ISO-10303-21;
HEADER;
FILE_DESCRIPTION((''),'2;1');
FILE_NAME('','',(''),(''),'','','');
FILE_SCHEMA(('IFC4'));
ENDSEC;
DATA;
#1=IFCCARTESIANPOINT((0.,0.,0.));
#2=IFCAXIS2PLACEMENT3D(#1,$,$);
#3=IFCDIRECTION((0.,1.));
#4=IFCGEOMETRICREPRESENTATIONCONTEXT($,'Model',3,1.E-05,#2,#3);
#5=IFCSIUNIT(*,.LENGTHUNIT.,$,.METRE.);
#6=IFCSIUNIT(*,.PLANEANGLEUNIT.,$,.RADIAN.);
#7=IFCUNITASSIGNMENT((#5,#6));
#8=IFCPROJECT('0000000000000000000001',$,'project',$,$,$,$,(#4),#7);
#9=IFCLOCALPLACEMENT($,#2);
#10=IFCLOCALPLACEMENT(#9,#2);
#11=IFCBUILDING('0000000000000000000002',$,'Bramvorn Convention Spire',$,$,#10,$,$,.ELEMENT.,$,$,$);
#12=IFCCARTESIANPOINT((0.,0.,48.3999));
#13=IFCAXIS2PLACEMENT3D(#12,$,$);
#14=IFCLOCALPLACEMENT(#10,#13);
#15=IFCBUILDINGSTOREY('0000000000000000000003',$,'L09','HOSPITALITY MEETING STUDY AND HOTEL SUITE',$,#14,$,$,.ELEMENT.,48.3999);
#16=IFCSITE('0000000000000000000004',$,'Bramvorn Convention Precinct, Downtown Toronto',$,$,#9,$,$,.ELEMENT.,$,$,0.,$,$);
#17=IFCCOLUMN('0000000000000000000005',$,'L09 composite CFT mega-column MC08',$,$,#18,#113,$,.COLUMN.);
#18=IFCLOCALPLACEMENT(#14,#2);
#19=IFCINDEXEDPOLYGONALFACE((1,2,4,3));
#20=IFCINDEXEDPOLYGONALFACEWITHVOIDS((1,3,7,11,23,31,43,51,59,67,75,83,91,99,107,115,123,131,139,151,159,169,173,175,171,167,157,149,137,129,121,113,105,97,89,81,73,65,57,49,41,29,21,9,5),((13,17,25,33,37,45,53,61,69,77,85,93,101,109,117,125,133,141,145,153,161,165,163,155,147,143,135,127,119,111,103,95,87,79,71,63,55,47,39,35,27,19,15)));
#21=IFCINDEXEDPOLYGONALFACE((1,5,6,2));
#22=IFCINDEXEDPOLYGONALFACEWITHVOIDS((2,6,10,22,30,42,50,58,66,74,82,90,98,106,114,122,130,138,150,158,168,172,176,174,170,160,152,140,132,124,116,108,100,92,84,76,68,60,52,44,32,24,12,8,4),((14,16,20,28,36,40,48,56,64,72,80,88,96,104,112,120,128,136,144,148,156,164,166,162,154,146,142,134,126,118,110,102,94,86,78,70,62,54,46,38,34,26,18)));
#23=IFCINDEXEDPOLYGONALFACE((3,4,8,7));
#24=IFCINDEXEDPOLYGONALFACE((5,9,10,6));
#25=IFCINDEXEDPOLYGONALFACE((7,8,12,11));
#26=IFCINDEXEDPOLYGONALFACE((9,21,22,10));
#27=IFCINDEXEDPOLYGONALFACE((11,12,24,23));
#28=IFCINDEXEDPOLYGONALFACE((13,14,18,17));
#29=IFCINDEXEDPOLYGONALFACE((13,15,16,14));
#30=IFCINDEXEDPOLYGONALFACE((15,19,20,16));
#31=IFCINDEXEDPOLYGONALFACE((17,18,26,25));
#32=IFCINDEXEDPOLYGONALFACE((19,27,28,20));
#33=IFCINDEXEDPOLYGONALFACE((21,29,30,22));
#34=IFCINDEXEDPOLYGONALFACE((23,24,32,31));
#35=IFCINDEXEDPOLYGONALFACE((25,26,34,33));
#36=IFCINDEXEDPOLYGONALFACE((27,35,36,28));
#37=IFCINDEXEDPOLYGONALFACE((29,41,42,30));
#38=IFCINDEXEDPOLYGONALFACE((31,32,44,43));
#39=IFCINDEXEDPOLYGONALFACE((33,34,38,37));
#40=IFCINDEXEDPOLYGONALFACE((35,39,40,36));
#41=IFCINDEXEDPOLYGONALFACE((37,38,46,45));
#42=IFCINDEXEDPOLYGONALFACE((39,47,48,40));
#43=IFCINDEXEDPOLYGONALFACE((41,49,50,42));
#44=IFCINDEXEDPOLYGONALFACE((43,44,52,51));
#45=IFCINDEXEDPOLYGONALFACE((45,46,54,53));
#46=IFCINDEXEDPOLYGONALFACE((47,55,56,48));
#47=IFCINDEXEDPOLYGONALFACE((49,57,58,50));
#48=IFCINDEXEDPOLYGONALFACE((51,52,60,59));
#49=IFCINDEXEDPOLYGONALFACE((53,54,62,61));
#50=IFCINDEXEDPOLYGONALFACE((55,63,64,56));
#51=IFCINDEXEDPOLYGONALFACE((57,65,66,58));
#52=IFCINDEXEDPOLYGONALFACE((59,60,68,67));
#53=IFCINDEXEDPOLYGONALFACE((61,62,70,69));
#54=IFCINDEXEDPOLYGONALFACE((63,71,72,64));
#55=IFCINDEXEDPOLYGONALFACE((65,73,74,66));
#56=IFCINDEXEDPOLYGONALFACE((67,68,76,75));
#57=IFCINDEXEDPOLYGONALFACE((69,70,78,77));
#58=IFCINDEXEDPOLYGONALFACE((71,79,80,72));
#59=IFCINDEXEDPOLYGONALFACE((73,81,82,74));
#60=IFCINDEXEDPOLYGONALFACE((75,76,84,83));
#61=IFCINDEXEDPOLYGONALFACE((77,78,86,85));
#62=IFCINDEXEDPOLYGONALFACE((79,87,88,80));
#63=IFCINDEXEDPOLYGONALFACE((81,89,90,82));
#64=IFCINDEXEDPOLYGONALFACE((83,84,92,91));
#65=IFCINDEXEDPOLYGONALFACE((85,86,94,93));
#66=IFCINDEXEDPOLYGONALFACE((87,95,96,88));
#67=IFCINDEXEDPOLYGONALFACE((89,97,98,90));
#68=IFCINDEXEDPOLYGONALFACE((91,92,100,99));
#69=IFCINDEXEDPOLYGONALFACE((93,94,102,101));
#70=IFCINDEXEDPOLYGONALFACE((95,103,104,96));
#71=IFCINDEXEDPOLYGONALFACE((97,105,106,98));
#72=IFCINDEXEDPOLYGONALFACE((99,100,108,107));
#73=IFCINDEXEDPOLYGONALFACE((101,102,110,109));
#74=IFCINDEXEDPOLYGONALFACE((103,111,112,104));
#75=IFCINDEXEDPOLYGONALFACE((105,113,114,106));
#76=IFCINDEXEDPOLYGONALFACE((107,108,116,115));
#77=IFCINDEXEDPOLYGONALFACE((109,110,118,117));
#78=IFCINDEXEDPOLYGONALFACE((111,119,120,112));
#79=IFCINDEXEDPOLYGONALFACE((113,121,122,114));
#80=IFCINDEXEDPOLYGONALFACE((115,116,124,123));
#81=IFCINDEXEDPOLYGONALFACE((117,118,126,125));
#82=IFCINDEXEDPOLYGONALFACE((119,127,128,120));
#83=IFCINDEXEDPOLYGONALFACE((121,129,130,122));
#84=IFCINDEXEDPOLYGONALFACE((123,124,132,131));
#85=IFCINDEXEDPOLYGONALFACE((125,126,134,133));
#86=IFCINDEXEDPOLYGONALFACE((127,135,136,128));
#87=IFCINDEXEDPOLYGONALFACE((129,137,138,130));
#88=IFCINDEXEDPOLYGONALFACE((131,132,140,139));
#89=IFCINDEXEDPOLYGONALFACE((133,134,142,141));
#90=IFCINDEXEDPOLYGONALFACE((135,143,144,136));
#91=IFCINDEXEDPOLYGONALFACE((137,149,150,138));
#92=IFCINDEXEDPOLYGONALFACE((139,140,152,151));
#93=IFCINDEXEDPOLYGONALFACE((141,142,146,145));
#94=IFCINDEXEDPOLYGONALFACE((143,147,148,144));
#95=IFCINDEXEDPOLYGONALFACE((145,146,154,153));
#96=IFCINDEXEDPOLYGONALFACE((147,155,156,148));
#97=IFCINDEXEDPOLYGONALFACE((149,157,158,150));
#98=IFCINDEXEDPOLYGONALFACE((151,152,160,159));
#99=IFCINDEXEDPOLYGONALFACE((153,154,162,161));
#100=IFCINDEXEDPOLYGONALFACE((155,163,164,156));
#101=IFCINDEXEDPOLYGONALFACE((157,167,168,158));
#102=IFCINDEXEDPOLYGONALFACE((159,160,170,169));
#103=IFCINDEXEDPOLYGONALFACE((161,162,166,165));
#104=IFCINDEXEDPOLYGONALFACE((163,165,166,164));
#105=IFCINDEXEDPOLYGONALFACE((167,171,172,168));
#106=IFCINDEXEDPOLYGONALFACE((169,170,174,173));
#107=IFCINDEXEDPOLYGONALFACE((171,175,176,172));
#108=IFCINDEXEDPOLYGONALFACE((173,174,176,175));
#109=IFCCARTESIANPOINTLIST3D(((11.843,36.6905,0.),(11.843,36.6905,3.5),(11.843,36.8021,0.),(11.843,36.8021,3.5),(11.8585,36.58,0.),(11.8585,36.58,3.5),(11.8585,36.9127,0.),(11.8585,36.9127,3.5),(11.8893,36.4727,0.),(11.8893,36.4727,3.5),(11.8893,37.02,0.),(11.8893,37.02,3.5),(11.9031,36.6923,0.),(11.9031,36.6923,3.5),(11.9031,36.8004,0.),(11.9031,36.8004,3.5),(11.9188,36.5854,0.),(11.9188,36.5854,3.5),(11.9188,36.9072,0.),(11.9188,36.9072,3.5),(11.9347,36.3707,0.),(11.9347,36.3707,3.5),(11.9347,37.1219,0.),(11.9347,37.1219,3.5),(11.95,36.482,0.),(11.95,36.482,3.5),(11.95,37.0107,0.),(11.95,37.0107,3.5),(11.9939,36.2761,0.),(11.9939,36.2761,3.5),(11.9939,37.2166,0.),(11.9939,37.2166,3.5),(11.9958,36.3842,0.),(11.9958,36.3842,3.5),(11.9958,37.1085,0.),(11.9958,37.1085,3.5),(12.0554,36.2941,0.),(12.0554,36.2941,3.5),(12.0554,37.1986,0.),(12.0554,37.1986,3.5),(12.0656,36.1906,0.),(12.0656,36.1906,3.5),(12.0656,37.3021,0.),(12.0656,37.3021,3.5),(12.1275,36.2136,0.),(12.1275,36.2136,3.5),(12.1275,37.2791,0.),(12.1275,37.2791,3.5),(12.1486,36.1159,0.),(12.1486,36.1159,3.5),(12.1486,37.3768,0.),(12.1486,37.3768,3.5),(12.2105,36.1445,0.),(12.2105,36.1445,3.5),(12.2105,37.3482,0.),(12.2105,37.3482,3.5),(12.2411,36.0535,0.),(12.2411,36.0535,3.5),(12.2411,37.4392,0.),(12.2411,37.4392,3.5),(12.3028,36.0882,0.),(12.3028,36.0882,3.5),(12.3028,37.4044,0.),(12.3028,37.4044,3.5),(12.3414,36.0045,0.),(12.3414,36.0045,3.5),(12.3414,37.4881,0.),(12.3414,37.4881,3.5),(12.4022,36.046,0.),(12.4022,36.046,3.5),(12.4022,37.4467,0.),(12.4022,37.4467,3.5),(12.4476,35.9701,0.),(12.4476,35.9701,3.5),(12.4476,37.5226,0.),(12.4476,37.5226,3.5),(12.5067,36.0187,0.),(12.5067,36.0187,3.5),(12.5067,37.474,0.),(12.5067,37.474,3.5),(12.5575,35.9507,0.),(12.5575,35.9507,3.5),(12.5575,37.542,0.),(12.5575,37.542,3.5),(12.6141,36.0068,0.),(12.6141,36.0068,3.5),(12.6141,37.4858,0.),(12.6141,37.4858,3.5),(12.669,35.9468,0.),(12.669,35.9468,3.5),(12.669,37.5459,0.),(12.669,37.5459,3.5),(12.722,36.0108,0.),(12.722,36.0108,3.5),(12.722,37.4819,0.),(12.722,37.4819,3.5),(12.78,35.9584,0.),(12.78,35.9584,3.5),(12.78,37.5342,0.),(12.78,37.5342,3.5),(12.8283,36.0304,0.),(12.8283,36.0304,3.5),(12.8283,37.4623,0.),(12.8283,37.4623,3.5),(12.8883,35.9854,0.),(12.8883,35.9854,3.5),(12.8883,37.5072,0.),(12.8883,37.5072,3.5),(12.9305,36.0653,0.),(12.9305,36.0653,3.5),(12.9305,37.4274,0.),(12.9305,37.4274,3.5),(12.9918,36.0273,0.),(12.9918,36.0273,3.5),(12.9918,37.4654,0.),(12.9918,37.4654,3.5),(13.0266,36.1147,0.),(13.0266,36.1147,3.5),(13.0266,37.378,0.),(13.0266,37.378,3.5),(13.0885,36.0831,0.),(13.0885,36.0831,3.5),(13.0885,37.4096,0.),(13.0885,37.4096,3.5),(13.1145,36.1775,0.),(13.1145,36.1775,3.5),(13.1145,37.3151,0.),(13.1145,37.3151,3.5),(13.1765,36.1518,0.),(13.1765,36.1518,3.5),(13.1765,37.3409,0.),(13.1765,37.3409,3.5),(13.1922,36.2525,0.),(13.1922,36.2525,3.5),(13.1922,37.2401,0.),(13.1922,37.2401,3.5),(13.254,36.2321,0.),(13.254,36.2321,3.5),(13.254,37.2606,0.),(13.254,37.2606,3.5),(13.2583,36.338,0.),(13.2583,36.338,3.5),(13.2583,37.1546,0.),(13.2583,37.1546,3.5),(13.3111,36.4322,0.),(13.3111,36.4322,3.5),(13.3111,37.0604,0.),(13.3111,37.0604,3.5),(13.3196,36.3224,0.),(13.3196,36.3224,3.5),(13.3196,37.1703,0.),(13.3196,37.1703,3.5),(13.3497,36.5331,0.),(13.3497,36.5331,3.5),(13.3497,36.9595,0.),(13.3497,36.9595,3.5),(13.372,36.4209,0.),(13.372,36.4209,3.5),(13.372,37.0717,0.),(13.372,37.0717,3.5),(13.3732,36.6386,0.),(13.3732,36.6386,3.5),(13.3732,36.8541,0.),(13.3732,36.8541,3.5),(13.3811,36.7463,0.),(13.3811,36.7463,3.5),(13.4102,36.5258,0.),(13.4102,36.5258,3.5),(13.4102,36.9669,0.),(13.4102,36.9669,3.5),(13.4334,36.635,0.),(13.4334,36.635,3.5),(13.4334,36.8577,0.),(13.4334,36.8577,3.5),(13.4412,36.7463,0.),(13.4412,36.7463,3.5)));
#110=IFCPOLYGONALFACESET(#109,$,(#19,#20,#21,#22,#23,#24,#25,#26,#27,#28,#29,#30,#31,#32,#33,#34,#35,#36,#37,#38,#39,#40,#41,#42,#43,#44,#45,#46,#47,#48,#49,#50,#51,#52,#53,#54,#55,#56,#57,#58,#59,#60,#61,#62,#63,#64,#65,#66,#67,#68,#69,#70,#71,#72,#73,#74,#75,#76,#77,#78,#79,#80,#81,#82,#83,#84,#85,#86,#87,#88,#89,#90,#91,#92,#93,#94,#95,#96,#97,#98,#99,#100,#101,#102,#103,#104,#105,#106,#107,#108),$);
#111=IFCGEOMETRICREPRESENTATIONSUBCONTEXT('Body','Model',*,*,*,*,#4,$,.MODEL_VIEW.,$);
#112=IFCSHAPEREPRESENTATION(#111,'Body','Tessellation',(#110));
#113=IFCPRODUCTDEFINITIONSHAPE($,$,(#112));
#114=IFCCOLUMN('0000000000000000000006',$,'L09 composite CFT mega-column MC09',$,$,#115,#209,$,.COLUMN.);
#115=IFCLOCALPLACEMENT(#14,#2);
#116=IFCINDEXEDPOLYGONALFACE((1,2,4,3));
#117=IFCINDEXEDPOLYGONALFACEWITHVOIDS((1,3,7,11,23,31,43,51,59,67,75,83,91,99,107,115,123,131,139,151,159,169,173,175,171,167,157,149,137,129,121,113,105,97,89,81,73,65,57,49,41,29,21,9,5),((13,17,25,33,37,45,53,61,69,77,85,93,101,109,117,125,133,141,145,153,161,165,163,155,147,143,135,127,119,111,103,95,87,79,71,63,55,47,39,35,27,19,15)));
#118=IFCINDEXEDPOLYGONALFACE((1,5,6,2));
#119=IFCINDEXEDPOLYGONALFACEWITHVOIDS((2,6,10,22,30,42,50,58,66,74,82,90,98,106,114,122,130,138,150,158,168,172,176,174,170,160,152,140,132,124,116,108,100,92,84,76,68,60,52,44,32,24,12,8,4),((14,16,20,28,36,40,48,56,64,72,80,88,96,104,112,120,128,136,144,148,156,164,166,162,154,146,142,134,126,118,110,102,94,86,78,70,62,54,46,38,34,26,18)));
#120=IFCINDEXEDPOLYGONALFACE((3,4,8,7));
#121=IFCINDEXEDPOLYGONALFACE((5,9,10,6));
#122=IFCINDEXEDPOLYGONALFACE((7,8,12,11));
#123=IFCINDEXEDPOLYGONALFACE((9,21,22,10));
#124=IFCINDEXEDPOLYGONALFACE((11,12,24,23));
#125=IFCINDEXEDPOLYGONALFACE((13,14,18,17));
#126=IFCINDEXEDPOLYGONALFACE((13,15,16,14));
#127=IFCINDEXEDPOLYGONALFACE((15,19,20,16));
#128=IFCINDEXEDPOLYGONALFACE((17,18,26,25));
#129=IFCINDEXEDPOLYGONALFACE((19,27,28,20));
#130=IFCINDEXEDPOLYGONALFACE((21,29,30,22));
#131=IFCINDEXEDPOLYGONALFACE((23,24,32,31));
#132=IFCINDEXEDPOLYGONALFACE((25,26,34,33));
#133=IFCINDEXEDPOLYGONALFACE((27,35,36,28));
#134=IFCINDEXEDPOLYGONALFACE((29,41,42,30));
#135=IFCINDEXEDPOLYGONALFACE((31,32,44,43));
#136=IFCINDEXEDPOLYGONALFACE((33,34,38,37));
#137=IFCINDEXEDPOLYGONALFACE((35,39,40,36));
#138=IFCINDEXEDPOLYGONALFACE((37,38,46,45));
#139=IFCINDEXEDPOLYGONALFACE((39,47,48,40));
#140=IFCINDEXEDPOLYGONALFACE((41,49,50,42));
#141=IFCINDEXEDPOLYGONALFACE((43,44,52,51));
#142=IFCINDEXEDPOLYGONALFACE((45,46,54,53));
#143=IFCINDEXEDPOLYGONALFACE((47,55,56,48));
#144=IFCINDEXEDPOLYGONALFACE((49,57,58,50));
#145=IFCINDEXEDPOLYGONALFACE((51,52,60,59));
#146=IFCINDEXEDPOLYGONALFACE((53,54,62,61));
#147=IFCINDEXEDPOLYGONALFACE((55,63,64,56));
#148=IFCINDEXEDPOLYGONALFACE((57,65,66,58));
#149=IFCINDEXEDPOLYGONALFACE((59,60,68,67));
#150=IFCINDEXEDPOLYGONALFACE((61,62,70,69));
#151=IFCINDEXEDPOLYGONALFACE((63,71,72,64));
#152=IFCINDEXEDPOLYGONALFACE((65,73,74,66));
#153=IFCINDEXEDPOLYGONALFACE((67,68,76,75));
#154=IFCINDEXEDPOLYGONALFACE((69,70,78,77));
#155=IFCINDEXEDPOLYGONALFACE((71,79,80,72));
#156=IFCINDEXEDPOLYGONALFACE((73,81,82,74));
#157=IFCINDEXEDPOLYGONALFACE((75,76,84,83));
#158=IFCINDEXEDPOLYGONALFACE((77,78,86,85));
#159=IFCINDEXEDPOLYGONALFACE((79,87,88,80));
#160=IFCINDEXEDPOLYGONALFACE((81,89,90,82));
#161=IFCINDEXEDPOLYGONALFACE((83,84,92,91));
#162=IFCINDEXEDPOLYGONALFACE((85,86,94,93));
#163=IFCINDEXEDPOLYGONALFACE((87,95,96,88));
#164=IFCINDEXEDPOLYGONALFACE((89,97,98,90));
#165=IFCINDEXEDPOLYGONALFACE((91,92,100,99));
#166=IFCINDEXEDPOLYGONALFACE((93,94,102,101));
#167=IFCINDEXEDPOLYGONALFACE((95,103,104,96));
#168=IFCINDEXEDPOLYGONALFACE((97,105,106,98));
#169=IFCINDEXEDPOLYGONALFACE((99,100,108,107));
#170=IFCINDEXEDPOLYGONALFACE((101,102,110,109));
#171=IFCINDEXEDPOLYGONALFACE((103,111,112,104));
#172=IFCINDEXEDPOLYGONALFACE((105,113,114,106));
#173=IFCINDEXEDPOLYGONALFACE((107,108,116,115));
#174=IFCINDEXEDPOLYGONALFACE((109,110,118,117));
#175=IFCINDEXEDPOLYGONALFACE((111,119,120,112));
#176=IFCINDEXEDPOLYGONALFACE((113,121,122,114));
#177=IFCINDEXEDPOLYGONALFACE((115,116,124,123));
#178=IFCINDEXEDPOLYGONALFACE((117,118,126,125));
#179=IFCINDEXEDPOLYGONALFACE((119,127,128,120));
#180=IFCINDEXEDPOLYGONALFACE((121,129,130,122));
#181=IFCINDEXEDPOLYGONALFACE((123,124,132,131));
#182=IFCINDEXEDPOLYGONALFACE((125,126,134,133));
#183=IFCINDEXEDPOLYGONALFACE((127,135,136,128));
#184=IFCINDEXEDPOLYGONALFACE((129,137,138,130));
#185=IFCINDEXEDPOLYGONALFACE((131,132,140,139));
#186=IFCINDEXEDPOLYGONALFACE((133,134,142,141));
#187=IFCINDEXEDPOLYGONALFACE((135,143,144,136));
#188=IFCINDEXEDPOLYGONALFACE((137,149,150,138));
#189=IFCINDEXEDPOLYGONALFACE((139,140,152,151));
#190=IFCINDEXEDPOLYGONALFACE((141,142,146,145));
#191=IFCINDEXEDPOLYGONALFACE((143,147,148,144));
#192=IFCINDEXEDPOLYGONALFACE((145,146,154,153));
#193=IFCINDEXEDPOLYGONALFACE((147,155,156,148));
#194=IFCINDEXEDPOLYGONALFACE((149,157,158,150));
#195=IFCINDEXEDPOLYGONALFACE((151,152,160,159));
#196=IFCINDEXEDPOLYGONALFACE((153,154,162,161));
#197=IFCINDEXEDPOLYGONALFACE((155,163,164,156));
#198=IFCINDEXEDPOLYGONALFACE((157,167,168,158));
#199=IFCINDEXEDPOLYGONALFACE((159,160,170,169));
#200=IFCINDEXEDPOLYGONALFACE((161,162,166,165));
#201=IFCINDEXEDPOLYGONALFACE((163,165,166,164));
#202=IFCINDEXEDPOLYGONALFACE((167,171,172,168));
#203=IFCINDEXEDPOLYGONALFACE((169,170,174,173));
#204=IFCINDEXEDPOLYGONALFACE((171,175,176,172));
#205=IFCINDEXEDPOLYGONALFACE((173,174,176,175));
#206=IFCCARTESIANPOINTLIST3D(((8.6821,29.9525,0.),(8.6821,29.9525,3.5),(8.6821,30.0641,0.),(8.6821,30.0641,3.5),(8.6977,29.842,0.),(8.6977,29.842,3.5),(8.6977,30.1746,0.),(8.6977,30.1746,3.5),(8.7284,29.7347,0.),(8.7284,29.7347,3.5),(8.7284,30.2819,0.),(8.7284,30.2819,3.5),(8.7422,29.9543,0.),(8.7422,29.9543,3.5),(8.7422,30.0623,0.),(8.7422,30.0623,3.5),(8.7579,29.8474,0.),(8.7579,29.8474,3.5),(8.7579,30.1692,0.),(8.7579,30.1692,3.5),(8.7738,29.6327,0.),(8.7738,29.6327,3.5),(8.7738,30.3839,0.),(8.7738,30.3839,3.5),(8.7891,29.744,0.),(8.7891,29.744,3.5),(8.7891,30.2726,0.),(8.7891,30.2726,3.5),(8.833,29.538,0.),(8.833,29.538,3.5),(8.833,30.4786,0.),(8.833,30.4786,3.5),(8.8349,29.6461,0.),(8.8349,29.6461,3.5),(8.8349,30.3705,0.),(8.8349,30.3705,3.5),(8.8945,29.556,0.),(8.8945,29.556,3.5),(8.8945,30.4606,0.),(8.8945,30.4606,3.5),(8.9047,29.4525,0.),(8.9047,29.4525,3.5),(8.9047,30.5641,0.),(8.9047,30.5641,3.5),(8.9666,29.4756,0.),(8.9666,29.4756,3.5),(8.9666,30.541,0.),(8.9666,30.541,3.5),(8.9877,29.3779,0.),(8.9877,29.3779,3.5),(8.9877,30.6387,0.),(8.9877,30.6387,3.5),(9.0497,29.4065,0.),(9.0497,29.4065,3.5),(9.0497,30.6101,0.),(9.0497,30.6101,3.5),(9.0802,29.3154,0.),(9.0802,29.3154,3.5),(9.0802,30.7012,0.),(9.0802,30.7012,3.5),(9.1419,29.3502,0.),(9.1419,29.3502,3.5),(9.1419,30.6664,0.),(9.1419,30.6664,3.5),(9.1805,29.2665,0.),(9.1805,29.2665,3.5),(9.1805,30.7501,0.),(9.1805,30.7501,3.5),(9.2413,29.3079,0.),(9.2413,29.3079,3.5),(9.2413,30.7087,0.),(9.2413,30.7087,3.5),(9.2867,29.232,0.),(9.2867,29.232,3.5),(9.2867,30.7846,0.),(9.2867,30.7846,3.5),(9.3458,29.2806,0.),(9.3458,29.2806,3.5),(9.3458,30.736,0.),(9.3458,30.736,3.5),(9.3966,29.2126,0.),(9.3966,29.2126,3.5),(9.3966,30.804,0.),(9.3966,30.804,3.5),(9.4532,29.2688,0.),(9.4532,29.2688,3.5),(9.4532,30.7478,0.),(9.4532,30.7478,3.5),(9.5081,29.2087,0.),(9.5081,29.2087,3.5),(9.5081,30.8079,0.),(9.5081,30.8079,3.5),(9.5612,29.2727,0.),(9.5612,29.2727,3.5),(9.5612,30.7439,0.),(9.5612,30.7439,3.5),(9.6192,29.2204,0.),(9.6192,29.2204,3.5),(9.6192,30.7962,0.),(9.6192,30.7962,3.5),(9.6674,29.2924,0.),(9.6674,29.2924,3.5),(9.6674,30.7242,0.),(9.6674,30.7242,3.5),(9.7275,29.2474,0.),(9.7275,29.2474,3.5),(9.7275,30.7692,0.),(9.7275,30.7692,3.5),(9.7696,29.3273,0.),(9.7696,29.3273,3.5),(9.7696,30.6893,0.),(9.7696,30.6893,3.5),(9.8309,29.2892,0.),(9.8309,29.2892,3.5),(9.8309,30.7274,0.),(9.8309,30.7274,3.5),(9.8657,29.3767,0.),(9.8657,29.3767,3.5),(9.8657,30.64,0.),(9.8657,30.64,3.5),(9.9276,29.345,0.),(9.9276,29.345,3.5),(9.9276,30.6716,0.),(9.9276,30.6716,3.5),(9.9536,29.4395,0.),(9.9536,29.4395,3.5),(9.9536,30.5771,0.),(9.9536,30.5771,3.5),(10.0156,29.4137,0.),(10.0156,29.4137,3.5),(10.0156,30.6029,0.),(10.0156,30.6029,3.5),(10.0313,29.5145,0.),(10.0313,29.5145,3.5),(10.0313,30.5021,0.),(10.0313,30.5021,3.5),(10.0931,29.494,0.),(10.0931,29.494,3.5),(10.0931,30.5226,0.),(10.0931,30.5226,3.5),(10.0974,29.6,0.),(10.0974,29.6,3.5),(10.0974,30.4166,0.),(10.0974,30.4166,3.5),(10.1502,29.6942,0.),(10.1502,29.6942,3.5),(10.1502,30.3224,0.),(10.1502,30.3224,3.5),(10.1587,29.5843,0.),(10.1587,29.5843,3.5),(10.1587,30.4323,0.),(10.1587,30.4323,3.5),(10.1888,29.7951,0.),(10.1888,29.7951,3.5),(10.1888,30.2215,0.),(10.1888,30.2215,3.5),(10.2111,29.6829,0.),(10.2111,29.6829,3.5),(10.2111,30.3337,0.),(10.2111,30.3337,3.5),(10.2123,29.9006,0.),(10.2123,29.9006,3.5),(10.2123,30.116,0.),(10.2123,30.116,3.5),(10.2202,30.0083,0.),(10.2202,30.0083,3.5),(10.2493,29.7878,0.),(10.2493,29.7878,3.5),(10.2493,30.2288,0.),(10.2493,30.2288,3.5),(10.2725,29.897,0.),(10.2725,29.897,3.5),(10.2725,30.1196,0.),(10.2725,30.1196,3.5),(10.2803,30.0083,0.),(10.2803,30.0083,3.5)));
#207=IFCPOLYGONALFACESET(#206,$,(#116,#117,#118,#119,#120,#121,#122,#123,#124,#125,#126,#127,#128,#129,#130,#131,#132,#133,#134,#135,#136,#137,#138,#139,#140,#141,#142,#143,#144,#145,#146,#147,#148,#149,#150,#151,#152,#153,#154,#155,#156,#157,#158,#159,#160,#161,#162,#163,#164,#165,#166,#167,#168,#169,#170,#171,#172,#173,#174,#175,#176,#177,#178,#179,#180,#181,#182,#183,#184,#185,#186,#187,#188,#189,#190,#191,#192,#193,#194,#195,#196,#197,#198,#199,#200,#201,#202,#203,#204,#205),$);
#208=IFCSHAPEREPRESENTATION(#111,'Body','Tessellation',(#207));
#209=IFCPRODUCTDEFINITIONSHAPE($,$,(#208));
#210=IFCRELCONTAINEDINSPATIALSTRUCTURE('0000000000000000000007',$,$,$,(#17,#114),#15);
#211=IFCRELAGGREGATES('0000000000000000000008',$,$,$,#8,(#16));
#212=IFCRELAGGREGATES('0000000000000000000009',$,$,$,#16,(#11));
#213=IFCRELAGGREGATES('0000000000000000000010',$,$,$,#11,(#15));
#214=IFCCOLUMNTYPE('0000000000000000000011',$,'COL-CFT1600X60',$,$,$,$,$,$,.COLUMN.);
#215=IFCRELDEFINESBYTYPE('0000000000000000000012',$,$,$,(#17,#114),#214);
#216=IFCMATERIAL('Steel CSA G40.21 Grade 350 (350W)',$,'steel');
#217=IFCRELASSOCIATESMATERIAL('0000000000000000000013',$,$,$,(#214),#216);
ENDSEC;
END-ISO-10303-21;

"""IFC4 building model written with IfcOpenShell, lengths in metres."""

from ifc_helpers import new_model, si_unit, direction, frame, origin, origin_2d, place, context, subcontext, project, spatial, hollow_circle, extrude, material, material_profile, profile_set, type_object, element, save


model = new_model("IFC4")

# Units and contexts
model_context = context("Model", 3, precision=1e-05, world=origin(), true_north=direction((0.0, 1.0)))
body_context = subcontext(model_context, "Body", "Model", "MODEL_VIEW")
ifc_project = project(units=[si_unit("LENGTHUNIT", "METRE"), si_unit("PLANEANGLEUNIT", "RADIAN")], contexts=[model_context])

# Site, building, storey
site_placement = place(None, origin())
site = spatial("IfcSite", under=ifc_project, at=site_placement, Name="Bramvorn Convention Precinct, Downtown Toronto", CompositionType="ELEMENT", RefElevation=0.0)
building_placement = place(site_placement, origin())
building = spatial("IfcBuilding", under=site, at=building_placement, Name="Bramvorn Convention Spire", CompositionType="ELEMENT")
storey_placement = place(building_placement, frame((0.0, 0.0, 48.3999)))
storey = spatial("IfcBuildingStorey", under=building, at=storey_placement, Name="L09", Description="HOSPITALITY MEETING STUDY AND HOTEL SUITE", CompositionType="ELEMENT", Elevation=48.3999)

# Columns
ifc_material_1 = material(Name="Steel CSA G40.21 Grade 350 (350W)", Category="steel")
ifc_material_profile_1 = material_profile(ifc_material_1, hollow_circle(Radius=0.8, WallThickness=0.0601, at=origin_2d()))
ifc_profile_set_1 = profile_set([ifc_material_profile_1], Name="Steel CSA G40.21 Grade 350 (350W) - CFT1600X60")
column_type = type_object("IfcColumnType", Name="COL-CFT1600X60", PredefinedType="COLUMN", material=ifc_profile_set_1)
for number, where, z_axis, x_axis, name in (
    (1, (12.6411, 36.7463, 0.0), (0.0, 0.0, 1.0), (1.0, 0.0, 0.0), "L09 composite CFT mega-column MC08"),
    (2, (9.4802, 30.0083, 0.0), (0.0, 0.0, 1.0), (1.0, 0.0, 0.0), "L09 composite CFT mega-column MC09"),
):
    element("IfcColumn", number, at=place(storey_placement, frame(where, z_axis=z_axis, x_axis=x_axis)), inside=storey, type_object=column_type, Name=name, PredefinedType="COLUMN", context=body_context, shape_type="SweptSolid", body=[
        extrude(hollow_circle(Radius=0.8, WallThickness=0.0601, at=origin_2d()), origin(), (0.0, 0.0, 1.0), 3.5),
    ])

save(model, "model.ifc")
